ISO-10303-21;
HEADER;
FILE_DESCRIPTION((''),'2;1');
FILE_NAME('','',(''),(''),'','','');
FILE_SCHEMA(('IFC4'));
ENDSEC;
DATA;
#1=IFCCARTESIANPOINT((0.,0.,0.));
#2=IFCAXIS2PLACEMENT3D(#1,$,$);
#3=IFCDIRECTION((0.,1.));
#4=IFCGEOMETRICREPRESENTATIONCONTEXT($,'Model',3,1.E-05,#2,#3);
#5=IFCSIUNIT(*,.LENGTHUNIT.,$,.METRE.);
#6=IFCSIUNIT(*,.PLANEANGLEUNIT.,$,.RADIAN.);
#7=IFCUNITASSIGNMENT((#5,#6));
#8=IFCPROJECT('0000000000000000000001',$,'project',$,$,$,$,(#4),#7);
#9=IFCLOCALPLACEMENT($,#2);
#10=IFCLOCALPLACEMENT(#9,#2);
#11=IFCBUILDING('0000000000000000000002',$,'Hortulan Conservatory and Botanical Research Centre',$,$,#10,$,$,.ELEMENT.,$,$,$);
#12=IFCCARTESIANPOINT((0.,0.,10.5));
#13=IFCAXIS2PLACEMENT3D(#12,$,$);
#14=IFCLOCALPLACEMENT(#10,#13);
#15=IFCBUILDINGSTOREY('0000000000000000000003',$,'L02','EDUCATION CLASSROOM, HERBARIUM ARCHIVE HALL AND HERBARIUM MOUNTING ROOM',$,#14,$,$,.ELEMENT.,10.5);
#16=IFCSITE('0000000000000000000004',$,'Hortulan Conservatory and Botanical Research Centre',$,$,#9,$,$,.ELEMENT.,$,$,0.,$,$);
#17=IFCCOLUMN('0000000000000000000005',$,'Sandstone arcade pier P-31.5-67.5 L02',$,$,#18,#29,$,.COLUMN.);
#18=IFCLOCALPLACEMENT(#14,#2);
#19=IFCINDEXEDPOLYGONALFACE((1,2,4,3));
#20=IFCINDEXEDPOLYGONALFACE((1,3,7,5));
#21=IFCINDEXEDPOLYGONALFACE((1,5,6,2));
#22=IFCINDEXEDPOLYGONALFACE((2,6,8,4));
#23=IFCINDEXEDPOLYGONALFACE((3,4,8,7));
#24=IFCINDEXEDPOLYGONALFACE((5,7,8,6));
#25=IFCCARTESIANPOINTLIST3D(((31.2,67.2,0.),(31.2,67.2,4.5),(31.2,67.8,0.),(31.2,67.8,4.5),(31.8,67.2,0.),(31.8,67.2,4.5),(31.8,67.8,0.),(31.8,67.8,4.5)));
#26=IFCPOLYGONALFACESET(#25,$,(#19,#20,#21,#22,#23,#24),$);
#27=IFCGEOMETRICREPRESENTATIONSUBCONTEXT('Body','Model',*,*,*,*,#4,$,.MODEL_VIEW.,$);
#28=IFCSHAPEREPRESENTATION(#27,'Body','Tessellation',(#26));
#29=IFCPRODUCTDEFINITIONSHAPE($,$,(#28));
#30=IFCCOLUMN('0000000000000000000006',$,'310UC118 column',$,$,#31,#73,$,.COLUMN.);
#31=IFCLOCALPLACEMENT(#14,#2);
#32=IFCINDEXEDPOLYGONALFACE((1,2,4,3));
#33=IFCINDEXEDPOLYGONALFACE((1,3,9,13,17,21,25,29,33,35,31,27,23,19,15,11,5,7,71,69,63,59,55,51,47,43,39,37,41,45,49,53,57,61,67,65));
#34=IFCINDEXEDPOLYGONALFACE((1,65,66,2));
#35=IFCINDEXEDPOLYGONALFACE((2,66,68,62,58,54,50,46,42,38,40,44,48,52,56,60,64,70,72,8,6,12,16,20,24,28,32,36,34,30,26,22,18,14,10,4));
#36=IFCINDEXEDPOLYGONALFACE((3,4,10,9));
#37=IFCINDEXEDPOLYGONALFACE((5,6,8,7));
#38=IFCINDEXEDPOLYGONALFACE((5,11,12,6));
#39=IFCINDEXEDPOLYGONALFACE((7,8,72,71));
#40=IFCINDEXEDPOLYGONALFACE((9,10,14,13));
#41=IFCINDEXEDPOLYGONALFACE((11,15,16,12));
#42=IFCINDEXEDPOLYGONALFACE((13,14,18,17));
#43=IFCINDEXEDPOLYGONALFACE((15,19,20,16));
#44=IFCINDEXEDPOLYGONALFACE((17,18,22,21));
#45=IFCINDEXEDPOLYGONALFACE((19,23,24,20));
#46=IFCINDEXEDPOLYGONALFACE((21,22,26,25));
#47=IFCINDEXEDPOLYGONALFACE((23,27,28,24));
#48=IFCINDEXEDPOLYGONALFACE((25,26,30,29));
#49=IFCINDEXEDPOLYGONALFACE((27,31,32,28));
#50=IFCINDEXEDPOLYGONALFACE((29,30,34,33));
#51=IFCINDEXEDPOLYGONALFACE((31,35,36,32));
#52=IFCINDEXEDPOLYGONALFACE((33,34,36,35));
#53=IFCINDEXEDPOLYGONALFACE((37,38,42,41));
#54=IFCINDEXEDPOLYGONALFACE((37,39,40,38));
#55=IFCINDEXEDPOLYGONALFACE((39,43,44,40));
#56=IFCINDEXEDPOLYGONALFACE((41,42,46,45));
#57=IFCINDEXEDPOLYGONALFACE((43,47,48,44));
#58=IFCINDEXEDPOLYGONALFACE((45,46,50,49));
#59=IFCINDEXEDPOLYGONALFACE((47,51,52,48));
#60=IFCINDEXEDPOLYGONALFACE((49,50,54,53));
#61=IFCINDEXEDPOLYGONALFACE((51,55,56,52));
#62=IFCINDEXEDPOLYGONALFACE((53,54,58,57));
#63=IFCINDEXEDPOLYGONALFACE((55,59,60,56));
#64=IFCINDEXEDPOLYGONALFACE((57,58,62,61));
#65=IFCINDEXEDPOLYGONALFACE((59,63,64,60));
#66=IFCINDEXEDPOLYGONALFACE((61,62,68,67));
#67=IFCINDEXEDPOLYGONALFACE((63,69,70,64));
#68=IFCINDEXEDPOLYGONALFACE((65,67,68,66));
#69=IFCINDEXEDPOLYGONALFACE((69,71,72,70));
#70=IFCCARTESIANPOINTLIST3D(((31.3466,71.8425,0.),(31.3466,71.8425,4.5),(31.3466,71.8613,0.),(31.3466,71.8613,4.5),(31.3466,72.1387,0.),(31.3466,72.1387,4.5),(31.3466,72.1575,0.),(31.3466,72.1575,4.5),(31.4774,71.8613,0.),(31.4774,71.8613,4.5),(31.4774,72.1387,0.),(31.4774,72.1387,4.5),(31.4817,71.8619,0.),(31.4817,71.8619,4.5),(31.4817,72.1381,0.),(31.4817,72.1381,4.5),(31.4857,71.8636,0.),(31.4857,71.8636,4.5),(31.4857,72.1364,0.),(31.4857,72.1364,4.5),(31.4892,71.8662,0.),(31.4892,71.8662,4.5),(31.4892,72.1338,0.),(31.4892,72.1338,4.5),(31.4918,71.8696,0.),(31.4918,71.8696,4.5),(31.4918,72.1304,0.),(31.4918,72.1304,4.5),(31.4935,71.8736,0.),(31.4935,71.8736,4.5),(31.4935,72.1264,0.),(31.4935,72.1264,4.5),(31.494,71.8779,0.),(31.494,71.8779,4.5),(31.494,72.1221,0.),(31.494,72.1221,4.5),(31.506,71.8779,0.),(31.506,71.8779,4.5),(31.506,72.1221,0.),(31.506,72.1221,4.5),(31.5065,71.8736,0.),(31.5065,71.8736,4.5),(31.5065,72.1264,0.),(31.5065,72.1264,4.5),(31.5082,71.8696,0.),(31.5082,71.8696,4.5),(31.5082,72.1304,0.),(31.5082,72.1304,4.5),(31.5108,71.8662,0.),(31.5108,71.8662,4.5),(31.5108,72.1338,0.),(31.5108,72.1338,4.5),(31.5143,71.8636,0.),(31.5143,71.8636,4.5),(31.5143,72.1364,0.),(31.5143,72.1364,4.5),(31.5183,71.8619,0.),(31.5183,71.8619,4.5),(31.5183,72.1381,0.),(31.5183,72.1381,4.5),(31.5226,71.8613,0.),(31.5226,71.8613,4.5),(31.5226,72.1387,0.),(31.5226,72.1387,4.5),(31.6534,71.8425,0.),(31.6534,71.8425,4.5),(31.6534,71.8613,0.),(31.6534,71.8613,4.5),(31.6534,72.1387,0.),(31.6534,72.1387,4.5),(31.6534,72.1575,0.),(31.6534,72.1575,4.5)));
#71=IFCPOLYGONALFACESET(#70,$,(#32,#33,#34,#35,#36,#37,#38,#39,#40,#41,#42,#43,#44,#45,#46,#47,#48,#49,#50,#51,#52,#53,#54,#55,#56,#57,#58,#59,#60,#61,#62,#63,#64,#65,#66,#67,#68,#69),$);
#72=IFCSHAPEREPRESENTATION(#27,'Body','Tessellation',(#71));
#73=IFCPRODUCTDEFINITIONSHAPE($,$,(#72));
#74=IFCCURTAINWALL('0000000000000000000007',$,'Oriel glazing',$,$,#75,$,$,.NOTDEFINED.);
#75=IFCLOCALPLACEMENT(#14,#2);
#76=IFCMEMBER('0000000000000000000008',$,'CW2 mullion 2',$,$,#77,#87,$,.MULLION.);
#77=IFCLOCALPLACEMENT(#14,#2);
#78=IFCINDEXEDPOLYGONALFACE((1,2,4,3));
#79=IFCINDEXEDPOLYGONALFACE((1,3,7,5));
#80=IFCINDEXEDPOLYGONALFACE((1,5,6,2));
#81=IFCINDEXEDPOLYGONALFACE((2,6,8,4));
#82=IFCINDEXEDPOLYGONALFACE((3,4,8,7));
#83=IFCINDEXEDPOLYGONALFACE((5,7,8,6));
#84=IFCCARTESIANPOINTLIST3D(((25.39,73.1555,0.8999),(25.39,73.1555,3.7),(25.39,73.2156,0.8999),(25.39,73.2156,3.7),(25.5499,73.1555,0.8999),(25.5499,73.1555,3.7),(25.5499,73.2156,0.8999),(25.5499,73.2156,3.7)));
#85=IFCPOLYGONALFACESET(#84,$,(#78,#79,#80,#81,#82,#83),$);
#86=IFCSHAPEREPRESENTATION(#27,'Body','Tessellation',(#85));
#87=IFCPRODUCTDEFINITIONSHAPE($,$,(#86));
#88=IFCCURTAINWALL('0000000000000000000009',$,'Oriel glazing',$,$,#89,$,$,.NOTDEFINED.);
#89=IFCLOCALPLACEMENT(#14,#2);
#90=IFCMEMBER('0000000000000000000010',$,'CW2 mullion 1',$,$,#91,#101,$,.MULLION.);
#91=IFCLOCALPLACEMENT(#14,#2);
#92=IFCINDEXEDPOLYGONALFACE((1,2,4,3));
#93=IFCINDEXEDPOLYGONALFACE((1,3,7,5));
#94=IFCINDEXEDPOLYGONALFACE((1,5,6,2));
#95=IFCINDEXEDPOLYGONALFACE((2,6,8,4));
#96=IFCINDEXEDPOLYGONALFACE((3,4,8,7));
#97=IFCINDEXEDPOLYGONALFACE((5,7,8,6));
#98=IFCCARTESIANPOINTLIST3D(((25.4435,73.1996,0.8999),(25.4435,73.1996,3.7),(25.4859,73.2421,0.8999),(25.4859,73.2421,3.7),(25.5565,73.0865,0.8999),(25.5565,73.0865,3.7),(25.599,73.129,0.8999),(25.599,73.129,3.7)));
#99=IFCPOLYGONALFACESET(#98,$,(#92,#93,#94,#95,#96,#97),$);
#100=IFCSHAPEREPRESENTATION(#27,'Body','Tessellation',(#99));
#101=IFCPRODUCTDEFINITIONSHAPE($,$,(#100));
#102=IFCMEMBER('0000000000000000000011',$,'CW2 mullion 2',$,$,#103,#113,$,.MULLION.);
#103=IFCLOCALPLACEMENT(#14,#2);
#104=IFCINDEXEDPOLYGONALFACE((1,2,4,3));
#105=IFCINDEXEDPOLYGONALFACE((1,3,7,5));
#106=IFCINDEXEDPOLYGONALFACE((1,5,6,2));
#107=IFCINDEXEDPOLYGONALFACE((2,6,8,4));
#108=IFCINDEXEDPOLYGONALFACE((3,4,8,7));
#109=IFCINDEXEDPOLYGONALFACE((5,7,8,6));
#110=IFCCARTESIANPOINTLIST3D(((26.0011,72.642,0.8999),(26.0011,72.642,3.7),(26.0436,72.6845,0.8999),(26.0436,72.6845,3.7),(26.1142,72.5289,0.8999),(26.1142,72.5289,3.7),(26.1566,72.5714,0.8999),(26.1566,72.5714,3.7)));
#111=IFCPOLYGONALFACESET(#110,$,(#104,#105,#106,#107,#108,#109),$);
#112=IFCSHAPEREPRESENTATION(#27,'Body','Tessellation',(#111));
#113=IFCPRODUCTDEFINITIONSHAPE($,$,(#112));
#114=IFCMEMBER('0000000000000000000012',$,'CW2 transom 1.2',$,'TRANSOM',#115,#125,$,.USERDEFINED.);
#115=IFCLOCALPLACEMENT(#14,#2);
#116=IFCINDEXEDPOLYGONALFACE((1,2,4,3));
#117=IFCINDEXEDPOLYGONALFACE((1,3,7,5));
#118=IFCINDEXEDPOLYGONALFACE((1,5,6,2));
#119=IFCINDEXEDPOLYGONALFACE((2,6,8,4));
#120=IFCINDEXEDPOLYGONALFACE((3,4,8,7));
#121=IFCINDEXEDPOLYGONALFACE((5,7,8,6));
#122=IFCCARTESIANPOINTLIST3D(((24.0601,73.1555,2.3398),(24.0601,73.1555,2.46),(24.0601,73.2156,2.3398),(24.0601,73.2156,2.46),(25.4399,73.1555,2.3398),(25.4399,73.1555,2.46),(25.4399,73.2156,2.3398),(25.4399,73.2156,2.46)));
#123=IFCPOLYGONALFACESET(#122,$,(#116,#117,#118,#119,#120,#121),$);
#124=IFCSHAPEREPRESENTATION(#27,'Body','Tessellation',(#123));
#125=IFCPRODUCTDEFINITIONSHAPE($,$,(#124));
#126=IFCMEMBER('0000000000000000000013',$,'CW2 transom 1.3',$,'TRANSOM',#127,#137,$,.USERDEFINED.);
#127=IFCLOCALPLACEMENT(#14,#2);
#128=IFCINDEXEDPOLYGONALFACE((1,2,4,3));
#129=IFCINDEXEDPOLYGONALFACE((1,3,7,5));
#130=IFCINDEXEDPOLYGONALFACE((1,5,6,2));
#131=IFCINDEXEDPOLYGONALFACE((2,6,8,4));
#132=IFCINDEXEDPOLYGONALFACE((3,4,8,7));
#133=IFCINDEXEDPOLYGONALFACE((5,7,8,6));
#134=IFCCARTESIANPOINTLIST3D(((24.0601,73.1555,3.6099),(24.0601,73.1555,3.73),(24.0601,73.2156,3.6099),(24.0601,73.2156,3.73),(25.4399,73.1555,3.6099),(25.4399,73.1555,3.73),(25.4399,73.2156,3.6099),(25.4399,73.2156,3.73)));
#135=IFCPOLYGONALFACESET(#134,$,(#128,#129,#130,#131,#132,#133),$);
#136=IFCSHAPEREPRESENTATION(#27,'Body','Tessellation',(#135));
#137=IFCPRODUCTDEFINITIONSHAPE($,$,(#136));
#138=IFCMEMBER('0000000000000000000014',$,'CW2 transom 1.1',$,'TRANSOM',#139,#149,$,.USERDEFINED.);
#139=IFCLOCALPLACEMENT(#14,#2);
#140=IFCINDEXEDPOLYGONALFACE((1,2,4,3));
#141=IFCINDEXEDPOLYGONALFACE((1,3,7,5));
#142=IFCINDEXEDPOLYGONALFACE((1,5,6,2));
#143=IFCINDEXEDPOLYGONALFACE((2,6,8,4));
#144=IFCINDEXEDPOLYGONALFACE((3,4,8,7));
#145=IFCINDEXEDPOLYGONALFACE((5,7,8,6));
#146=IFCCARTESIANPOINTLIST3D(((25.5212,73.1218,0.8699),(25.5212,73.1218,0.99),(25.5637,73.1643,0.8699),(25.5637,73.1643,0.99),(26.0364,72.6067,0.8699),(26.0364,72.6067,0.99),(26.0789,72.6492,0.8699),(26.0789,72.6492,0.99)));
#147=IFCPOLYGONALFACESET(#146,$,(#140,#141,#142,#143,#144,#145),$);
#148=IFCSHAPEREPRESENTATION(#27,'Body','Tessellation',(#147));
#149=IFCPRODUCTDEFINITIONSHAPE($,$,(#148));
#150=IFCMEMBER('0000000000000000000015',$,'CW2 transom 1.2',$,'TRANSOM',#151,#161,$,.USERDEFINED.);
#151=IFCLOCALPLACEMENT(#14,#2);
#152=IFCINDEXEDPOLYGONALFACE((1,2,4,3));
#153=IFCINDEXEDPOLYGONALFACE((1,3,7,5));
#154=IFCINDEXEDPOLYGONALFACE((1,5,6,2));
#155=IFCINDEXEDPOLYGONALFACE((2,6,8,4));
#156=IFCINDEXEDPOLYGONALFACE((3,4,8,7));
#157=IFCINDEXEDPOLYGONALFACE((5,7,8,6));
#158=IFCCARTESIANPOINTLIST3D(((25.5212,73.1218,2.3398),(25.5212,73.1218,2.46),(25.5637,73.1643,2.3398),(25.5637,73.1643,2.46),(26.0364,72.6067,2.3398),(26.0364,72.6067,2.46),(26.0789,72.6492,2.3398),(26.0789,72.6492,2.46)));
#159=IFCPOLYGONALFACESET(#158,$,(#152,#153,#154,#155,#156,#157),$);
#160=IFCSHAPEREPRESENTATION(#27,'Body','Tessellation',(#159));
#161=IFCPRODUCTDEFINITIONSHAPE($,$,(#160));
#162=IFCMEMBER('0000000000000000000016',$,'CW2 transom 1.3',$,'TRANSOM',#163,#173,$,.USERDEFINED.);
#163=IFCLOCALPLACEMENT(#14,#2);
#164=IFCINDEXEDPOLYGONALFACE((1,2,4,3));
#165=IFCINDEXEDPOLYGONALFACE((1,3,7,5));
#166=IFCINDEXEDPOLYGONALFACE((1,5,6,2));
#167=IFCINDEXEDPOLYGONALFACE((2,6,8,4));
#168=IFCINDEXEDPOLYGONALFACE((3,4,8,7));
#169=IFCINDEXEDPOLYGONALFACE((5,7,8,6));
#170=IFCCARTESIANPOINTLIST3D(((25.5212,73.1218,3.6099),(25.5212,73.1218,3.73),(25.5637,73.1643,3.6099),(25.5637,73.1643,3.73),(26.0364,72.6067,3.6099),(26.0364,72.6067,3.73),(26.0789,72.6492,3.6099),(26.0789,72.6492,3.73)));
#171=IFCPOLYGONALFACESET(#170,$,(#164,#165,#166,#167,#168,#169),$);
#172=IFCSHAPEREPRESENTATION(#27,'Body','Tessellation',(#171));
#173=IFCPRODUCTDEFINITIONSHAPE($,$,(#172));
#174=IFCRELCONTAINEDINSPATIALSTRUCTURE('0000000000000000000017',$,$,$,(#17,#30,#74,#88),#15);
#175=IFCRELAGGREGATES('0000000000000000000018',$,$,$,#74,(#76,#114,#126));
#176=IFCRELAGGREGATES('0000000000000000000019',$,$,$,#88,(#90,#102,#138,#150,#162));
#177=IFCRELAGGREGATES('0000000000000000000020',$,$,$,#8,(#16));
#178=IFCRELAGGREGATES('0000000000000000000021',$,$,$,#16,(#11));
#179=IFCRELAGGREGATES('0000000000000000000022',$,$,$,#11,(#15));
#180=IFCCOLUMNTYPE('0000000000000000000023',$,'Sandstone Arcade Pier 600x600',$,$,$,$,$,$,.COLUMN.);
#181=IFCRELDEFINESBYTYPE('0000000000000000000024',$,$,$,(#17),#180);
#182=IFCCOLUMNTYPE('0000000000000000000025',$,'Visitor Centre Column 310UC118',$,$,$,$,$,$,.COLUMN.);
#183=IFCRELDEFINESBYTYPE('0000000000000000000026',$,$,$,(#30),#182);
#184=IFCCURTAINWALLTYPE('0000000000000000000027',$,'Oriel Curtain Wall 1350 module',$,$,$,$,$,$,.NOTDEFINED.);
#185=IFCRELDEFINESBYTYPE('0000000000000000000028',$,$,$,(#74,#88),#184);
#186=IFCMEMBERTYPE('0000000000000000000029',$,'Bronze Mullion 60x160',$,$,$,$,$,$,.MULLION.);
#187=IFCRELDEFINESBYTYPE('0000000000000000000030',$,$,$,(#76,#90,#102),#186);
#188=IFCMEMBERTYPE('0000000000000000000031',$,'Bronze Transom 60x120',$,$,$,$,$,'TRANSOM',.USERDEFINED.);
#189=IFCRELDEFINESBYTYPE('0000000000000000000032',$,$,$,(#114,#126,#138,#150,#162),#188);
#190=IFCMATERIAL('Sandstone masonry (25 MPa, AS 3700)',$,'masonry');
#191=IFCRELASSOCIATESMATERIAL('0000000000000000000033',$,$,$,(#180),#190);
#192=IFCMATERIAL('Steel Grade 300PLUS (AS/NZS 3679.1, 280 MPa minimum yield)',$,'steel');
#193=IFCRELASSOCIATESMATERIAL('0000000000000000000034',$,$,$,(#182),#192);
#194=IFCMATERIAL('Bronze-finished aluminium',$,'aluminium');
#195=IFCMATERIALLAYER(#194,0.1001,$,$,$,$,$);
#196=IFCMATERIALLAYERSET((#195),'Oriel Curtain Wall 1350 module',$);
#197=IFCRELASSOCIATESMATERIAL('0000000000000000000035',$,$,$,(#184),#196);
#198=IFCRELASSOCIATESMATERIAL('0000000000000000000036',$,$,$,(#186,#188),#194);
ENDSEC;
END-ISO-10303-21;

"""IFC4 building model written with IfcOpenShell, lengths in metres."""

from ifc_helpers import new_model, si_unit, direction, frame, origin, origin_2d, place, context, subcontext, project, spatial, rectangle, i_section, extrude, material, layer, layer_set, material_profile, profile_set, type_object, element, aggregate, save


model = new_model("IFC4")

# Units and contexts
model_context = context("Model", 3, precision=1e-05, world=origin(), true_north=direction((0.0, 1.0)))
body_context = subcontext(model_context, "Body", "Model", "MODEL_VIEW")
ifc_project = project(units=[si_unit("LENGTHUNIT", "METRE"), si_unit("PLANEANGLEUNIT", "RADIAN")], contexts=[model_context])

# Site, building, storey
site_placement = place(None, origin())
site = spatial("IfcSite", under=ifc_project, at=site_placement, Name="Hortulan Conservatory and Botanical Research Centre", CompositionType="ELEMENT", RefElevation=0.0)
building_placement = place(site_placement, origin())
building = spatial("IfcBuilding", under=site, at=building_placement, Name="Hortulan Conservatory and Botanical Research Centre", CompositionType="ELEMENT")
storey_placement = place(building_placement, frame((0.0, 0.0, 10.5)))
storey = spatial("IfcBuildingStorey", under=building, at=storey_placement, Name="L02", Description="EDUCATION CLASSROOM, HERBARIUM ARCHIVE HALL AND HERBARIUM MOUNTING ROOM", CompositionType="ELEMENT", Elevation=10.5)

# Columns
ifc_material_1 = material(Name="Sandstone masonry (25 MPa, AS 3700)", Category="masonry")
ifc_material_profile_1 = material_profile(ifc_material_1, rectangle(XDim=0.6001, YDim=0.6001, at=origin_2d()), Name="Square pier 600")
ifc_profile_set_1 = profile_set([ifc_material_profile_1], Name="Sandstone masonry (25 MPa, AS 3700)")
column_type_1 = type_object("IfcColumnType", Name="Sandstone Arcade Pier 600x600", PredefinedType="COLUMN", material=ifc_profile_set_1)
column_1_placement = place(storey_placement, frame((31.5, 67.5, 0.0), z_axis=(0.0, 0.0, 1.0), x_axis=(1.0, 0.0, 0.0)))
element("IfcColumn", 1, at=column_1_placement, inside=storey, type_object=column_type_1, Name="Sandstone arcade pier P-31.5-67.5 L02", PredefinedType="COLUMN", context=body_context, shape_type="SweptSolid", body=[
    extrude(rectangle(XDim=0.6001, YDim=0.6001, at=origin_2d()), origin(), (0.0, 0.0, 1.0), 4.5),
])
ifc_material_2 = material(Name="Steel Grade 300PLUS (AS/NZS 3679.1, 280 MPa minimum yield)", Category="steel")
ifc_material_profile_2 = material_profile(ifc_material_2, i_section(OverallWidth=0.3069, OverallDepth=0.3149, WebThickness=0.012, FlangeThickness=0.0188, FilletRadius=0.0166, at=origin_2d()), Name="310UC118")
ifc_profile_set_2 = profile_set([ifc_material_profile_2], Name="Steel Grade 300PLUS (AS/NZS 3679.1, 280 MPa minimum yield)")
column_type_2 = type_object("IfcColumnType", Name="Visitor Centre Column 310UC118", PredefinedType="COLUMN", material=ifc_profile_set_2)
column_2_placement = place(storey_placement, frame((31.5, 72.0, 0.0), z_axis=(0.0, 0.0, 1.0), x_axis=(1.0, 0.0, 0.0)))
element("IfcColumn", 2, at=column_2_placement, inside=storey, type_object=column_type_2, Name="310UC118 column", PredefinedType="COLUMN", context=body_context, shape_type="SweptSolid", body=[
    extrude(i_section(OverallWidth=0.3069, OverallDepth=0.3149, WebThickness=0.012, FlangeThickness=0.0188, FilletRadius=0.0166, at=origin_2d()), origin(), (0.0, 0.0, 1.0), 4.5),
])

# Curtain wall, member
ifc_material_3 = material(Name="Bronze-finished aluminium", Category="aluminium")
ifc_layer_1 = layer(ifc_material_3, 0.1001)
ifc_layer_set_1 = layer_set([ifc_layer_1], Name="Oriel Curtain Wall 1350 module")
curtain_wall_type = type_object("IfcCurtainWallType", Name="Oriel Curtain Wall 1350 module", PredefinedType="NOTDEFINED", material=ifc_layer_set_1)
curtain_wall_1_placement = place(storey_placement, origin())
curtain_wall_1 = element("IfcCurtainWall", 3, at=curtain_wall_1_placement, inside=storey, type_object=curtain_wall_type, Name="Oriel glazing", PredefinedType="NOTDEFINED")
ifc_material_profile_3 = material_profile(ifc_material_3, rectangle(XDim=0.0601, YDim=0.1599, at=origin_2d()), Name="Bronze Mullion 60x160")
ifc_profile_set_3 = profile_set([ifc_material_profile_3], Name="Bronze-finished aluminium")
member_type_1 = type_object("IfcMemberType", Name="Bronze Mullion 60x160", PredefinedType="MULLION", material=ifc_profile_set_3)
member_1_placement = place(storey_placement, frame((25.47, 73.1855, 0.8999), z_axis=(0.0, 0.0, 1.0), x_axis=(0.0, 1.0, 0.0)))
member_1 = element("IfcMember", 4, at=member_1_placement, type_object=member_type_1, Name="CW2 mullion 2", PredefinedType="MULLION", context=body_context, shape_type="SweptSolid", body=[
    extrude(rectangle(XDim=0.0601, YDim=0.1599, at=origin_2d()), origin(), (0.0, 0.0, 1.0), 2.8),
])

# Curtain wall, members
curtain_wall_2_placement = place(storey_placement, origin())
curtain_wall_2 = element("IfcCurtainWall", 5, at=curtain_wall_2_placement, inside=storey, type_object=curtain_wall_type, Name="Oriel glazing", PredefinedType="NOTDEFINED")
member_2_placement = place(storey_placement, frame((25.5212, 73.1643, 0.8999), z_axis=(0.0, 0.0, 1.0), x_axis=(0.707107, 0.707107, 0.0)))
member_2 = element("IfcMember", 6, at=member_2_placement, type_object=member_type_1, Name="CW2 mullion 1", PredefinedType="MULLION", context=body_context, shape_type="SweptSolid", body=[
    extrude(rectangle(XDim=0.0601, YDim=0.1599, at=origin_2d()), origin(), (0.0, 0.0, 1.0), 2.8),
])
member_3_placement = place(storey_placement, frame((26.0789, 72.6067, 0.8999), z_axis=(0.0, 0.0, 1.0), x_axis=(0.707107, 0.707107, 0.0)))
member_3 = element("IfcMember", 7, at=member_3_placement, type_object=member_type_1, Name="CW2 mullion 2", PredefinedType="MULLION", context=body_context, shape_type="SweptSolid", body=[
    extrude(rectangle(XDim=0.0601, YDim=0.1599, at=origin_2d()), origin(), (0.0, 0.0, 1.0), 2.8),
])

# Members
ifc_material_profile_4 = material_profile(ifc_material_3, rectangle(XDim=0.0601, YDim=0.1201, at=origin_2d()), Name="Bronze Transom 60x120")
ifc_profile_set_4 = profile_set([ifc_material_profile_4], Name="Bronze-finished aluminium")
member_type_2 = type_object("IfcMemberType", Name="Bronze Transom 60x120", ElementType="TRANSOM", PredefinedType="USERDEFINED", material=ifc_profile_set_4)
member_4_placement = place(storey_placement, frame((24.0601, 73.1855, 2.3999), z_axis=(1.0, 0.0, 0.0), x_axis=(0.0, 1.0, 0.0)))
member_4 = element("IfcMember", 8, at=member_4_placement, type_object=member_type_2, Name="CW2 transom 1.2", ObjectType="TRANSOM", PredefinedType="USERDEFINED", context=body_context, shape_type="SweptSolid", body=[
    extrude(rectangle(XDim=0.0601, YDim=0.1201, at=origin_2d()), origin(), (0.0, 0.0, 1.0), 1.3799),
])
member_5_placement = place(storey_placement, frame((24.0601, 73.1855, 3.6699), z_axis=(1.0, 0.0, 0.0), x_axis=(0.0, 1.0, 0.0)))
member_5 = element("IfcMember", 9, at=member_5_placement, type_object=member_type_2, Name="CW2 transom 1.3", ObjectType="TRANSOM", PredefinedType="USERDEFINED", context=body_context, shape_type="SweptSolid", body=[
    extrude(rectangle(XDim=0.0601, YDim=0.1201, at=origin_2d()), origin(), (0.0, 0.0, 1.0), 1.3799),
])
member_6_placement = place(storey_placement, frame((25.5425, 73.1431, 0.9299), z_axis=(0.707107, -0.707107, 0.0), x_axis=(0.707107, 0.707107, 0.0)))
member_6 = element("IfcMember", 10, at=member_6_placement, type_object=member_type_2, Name="CW2 transom 1.1", ObjectType="TRANSOM", PredefinedType="USERDEFINED", context=body_context, shape_type="SweptSolid", body=[
    extrude(rectangle(XDim=0.0601, YDim=0.1201, at=origin_2d()), origin(), (0.0, 0.0, 1.0), 0.7285),
])
member_7_placement = place(storey_placement, frame((25.5425, 73.1431, 2.3999), z_axis=(0.707107, -0.707107, 0.0), x_axis=(0.707107, 0.707107, 0.0)))
member_7 = element("IfcMember", 11, at=member_7_placement, type_object=member_type_2, Name="CW2 transom 1.2", ObjectType="TRANSOM", PredefinedType="USERDEFINED", context=body_context, shape_type="SweptSolid", body=[
    extrude(rectangle(XDim=0.0601, YDim=0.1201, at=origin_2d()), origin(), (0.0, 0.0, 1.0), 0.7285),
])
member_8_placement = place(storey_placement, frame((25.5425, 73.1431, 3.6699), z_axis=(0.707107, -0.707107, 0.0), x_axis=(0.707107, 0.707107, 0.0)))
member_8 = element("IfcMember", 12, at=member_8_placement, type_object=member_type_2, Name="CW2 transom 1.3", ObjectType="TRANSOM", PredefinedType="USERDEFINED", context=body_context, shape_type="SweptSolid", body=[
    extrude(rectangle(XDim=0.0601, YDim=0.1201, at=origin_2d()), origin(), (0.0, 0.0, 1.0), 0.7285),
])

aggregate(curtain_wall_1, [member_1, member_4, member_5])
aggregate(curtain_wall_2, [member_2, member_3, member_6, member_7, member_8])

save(model, "model.ifc")
